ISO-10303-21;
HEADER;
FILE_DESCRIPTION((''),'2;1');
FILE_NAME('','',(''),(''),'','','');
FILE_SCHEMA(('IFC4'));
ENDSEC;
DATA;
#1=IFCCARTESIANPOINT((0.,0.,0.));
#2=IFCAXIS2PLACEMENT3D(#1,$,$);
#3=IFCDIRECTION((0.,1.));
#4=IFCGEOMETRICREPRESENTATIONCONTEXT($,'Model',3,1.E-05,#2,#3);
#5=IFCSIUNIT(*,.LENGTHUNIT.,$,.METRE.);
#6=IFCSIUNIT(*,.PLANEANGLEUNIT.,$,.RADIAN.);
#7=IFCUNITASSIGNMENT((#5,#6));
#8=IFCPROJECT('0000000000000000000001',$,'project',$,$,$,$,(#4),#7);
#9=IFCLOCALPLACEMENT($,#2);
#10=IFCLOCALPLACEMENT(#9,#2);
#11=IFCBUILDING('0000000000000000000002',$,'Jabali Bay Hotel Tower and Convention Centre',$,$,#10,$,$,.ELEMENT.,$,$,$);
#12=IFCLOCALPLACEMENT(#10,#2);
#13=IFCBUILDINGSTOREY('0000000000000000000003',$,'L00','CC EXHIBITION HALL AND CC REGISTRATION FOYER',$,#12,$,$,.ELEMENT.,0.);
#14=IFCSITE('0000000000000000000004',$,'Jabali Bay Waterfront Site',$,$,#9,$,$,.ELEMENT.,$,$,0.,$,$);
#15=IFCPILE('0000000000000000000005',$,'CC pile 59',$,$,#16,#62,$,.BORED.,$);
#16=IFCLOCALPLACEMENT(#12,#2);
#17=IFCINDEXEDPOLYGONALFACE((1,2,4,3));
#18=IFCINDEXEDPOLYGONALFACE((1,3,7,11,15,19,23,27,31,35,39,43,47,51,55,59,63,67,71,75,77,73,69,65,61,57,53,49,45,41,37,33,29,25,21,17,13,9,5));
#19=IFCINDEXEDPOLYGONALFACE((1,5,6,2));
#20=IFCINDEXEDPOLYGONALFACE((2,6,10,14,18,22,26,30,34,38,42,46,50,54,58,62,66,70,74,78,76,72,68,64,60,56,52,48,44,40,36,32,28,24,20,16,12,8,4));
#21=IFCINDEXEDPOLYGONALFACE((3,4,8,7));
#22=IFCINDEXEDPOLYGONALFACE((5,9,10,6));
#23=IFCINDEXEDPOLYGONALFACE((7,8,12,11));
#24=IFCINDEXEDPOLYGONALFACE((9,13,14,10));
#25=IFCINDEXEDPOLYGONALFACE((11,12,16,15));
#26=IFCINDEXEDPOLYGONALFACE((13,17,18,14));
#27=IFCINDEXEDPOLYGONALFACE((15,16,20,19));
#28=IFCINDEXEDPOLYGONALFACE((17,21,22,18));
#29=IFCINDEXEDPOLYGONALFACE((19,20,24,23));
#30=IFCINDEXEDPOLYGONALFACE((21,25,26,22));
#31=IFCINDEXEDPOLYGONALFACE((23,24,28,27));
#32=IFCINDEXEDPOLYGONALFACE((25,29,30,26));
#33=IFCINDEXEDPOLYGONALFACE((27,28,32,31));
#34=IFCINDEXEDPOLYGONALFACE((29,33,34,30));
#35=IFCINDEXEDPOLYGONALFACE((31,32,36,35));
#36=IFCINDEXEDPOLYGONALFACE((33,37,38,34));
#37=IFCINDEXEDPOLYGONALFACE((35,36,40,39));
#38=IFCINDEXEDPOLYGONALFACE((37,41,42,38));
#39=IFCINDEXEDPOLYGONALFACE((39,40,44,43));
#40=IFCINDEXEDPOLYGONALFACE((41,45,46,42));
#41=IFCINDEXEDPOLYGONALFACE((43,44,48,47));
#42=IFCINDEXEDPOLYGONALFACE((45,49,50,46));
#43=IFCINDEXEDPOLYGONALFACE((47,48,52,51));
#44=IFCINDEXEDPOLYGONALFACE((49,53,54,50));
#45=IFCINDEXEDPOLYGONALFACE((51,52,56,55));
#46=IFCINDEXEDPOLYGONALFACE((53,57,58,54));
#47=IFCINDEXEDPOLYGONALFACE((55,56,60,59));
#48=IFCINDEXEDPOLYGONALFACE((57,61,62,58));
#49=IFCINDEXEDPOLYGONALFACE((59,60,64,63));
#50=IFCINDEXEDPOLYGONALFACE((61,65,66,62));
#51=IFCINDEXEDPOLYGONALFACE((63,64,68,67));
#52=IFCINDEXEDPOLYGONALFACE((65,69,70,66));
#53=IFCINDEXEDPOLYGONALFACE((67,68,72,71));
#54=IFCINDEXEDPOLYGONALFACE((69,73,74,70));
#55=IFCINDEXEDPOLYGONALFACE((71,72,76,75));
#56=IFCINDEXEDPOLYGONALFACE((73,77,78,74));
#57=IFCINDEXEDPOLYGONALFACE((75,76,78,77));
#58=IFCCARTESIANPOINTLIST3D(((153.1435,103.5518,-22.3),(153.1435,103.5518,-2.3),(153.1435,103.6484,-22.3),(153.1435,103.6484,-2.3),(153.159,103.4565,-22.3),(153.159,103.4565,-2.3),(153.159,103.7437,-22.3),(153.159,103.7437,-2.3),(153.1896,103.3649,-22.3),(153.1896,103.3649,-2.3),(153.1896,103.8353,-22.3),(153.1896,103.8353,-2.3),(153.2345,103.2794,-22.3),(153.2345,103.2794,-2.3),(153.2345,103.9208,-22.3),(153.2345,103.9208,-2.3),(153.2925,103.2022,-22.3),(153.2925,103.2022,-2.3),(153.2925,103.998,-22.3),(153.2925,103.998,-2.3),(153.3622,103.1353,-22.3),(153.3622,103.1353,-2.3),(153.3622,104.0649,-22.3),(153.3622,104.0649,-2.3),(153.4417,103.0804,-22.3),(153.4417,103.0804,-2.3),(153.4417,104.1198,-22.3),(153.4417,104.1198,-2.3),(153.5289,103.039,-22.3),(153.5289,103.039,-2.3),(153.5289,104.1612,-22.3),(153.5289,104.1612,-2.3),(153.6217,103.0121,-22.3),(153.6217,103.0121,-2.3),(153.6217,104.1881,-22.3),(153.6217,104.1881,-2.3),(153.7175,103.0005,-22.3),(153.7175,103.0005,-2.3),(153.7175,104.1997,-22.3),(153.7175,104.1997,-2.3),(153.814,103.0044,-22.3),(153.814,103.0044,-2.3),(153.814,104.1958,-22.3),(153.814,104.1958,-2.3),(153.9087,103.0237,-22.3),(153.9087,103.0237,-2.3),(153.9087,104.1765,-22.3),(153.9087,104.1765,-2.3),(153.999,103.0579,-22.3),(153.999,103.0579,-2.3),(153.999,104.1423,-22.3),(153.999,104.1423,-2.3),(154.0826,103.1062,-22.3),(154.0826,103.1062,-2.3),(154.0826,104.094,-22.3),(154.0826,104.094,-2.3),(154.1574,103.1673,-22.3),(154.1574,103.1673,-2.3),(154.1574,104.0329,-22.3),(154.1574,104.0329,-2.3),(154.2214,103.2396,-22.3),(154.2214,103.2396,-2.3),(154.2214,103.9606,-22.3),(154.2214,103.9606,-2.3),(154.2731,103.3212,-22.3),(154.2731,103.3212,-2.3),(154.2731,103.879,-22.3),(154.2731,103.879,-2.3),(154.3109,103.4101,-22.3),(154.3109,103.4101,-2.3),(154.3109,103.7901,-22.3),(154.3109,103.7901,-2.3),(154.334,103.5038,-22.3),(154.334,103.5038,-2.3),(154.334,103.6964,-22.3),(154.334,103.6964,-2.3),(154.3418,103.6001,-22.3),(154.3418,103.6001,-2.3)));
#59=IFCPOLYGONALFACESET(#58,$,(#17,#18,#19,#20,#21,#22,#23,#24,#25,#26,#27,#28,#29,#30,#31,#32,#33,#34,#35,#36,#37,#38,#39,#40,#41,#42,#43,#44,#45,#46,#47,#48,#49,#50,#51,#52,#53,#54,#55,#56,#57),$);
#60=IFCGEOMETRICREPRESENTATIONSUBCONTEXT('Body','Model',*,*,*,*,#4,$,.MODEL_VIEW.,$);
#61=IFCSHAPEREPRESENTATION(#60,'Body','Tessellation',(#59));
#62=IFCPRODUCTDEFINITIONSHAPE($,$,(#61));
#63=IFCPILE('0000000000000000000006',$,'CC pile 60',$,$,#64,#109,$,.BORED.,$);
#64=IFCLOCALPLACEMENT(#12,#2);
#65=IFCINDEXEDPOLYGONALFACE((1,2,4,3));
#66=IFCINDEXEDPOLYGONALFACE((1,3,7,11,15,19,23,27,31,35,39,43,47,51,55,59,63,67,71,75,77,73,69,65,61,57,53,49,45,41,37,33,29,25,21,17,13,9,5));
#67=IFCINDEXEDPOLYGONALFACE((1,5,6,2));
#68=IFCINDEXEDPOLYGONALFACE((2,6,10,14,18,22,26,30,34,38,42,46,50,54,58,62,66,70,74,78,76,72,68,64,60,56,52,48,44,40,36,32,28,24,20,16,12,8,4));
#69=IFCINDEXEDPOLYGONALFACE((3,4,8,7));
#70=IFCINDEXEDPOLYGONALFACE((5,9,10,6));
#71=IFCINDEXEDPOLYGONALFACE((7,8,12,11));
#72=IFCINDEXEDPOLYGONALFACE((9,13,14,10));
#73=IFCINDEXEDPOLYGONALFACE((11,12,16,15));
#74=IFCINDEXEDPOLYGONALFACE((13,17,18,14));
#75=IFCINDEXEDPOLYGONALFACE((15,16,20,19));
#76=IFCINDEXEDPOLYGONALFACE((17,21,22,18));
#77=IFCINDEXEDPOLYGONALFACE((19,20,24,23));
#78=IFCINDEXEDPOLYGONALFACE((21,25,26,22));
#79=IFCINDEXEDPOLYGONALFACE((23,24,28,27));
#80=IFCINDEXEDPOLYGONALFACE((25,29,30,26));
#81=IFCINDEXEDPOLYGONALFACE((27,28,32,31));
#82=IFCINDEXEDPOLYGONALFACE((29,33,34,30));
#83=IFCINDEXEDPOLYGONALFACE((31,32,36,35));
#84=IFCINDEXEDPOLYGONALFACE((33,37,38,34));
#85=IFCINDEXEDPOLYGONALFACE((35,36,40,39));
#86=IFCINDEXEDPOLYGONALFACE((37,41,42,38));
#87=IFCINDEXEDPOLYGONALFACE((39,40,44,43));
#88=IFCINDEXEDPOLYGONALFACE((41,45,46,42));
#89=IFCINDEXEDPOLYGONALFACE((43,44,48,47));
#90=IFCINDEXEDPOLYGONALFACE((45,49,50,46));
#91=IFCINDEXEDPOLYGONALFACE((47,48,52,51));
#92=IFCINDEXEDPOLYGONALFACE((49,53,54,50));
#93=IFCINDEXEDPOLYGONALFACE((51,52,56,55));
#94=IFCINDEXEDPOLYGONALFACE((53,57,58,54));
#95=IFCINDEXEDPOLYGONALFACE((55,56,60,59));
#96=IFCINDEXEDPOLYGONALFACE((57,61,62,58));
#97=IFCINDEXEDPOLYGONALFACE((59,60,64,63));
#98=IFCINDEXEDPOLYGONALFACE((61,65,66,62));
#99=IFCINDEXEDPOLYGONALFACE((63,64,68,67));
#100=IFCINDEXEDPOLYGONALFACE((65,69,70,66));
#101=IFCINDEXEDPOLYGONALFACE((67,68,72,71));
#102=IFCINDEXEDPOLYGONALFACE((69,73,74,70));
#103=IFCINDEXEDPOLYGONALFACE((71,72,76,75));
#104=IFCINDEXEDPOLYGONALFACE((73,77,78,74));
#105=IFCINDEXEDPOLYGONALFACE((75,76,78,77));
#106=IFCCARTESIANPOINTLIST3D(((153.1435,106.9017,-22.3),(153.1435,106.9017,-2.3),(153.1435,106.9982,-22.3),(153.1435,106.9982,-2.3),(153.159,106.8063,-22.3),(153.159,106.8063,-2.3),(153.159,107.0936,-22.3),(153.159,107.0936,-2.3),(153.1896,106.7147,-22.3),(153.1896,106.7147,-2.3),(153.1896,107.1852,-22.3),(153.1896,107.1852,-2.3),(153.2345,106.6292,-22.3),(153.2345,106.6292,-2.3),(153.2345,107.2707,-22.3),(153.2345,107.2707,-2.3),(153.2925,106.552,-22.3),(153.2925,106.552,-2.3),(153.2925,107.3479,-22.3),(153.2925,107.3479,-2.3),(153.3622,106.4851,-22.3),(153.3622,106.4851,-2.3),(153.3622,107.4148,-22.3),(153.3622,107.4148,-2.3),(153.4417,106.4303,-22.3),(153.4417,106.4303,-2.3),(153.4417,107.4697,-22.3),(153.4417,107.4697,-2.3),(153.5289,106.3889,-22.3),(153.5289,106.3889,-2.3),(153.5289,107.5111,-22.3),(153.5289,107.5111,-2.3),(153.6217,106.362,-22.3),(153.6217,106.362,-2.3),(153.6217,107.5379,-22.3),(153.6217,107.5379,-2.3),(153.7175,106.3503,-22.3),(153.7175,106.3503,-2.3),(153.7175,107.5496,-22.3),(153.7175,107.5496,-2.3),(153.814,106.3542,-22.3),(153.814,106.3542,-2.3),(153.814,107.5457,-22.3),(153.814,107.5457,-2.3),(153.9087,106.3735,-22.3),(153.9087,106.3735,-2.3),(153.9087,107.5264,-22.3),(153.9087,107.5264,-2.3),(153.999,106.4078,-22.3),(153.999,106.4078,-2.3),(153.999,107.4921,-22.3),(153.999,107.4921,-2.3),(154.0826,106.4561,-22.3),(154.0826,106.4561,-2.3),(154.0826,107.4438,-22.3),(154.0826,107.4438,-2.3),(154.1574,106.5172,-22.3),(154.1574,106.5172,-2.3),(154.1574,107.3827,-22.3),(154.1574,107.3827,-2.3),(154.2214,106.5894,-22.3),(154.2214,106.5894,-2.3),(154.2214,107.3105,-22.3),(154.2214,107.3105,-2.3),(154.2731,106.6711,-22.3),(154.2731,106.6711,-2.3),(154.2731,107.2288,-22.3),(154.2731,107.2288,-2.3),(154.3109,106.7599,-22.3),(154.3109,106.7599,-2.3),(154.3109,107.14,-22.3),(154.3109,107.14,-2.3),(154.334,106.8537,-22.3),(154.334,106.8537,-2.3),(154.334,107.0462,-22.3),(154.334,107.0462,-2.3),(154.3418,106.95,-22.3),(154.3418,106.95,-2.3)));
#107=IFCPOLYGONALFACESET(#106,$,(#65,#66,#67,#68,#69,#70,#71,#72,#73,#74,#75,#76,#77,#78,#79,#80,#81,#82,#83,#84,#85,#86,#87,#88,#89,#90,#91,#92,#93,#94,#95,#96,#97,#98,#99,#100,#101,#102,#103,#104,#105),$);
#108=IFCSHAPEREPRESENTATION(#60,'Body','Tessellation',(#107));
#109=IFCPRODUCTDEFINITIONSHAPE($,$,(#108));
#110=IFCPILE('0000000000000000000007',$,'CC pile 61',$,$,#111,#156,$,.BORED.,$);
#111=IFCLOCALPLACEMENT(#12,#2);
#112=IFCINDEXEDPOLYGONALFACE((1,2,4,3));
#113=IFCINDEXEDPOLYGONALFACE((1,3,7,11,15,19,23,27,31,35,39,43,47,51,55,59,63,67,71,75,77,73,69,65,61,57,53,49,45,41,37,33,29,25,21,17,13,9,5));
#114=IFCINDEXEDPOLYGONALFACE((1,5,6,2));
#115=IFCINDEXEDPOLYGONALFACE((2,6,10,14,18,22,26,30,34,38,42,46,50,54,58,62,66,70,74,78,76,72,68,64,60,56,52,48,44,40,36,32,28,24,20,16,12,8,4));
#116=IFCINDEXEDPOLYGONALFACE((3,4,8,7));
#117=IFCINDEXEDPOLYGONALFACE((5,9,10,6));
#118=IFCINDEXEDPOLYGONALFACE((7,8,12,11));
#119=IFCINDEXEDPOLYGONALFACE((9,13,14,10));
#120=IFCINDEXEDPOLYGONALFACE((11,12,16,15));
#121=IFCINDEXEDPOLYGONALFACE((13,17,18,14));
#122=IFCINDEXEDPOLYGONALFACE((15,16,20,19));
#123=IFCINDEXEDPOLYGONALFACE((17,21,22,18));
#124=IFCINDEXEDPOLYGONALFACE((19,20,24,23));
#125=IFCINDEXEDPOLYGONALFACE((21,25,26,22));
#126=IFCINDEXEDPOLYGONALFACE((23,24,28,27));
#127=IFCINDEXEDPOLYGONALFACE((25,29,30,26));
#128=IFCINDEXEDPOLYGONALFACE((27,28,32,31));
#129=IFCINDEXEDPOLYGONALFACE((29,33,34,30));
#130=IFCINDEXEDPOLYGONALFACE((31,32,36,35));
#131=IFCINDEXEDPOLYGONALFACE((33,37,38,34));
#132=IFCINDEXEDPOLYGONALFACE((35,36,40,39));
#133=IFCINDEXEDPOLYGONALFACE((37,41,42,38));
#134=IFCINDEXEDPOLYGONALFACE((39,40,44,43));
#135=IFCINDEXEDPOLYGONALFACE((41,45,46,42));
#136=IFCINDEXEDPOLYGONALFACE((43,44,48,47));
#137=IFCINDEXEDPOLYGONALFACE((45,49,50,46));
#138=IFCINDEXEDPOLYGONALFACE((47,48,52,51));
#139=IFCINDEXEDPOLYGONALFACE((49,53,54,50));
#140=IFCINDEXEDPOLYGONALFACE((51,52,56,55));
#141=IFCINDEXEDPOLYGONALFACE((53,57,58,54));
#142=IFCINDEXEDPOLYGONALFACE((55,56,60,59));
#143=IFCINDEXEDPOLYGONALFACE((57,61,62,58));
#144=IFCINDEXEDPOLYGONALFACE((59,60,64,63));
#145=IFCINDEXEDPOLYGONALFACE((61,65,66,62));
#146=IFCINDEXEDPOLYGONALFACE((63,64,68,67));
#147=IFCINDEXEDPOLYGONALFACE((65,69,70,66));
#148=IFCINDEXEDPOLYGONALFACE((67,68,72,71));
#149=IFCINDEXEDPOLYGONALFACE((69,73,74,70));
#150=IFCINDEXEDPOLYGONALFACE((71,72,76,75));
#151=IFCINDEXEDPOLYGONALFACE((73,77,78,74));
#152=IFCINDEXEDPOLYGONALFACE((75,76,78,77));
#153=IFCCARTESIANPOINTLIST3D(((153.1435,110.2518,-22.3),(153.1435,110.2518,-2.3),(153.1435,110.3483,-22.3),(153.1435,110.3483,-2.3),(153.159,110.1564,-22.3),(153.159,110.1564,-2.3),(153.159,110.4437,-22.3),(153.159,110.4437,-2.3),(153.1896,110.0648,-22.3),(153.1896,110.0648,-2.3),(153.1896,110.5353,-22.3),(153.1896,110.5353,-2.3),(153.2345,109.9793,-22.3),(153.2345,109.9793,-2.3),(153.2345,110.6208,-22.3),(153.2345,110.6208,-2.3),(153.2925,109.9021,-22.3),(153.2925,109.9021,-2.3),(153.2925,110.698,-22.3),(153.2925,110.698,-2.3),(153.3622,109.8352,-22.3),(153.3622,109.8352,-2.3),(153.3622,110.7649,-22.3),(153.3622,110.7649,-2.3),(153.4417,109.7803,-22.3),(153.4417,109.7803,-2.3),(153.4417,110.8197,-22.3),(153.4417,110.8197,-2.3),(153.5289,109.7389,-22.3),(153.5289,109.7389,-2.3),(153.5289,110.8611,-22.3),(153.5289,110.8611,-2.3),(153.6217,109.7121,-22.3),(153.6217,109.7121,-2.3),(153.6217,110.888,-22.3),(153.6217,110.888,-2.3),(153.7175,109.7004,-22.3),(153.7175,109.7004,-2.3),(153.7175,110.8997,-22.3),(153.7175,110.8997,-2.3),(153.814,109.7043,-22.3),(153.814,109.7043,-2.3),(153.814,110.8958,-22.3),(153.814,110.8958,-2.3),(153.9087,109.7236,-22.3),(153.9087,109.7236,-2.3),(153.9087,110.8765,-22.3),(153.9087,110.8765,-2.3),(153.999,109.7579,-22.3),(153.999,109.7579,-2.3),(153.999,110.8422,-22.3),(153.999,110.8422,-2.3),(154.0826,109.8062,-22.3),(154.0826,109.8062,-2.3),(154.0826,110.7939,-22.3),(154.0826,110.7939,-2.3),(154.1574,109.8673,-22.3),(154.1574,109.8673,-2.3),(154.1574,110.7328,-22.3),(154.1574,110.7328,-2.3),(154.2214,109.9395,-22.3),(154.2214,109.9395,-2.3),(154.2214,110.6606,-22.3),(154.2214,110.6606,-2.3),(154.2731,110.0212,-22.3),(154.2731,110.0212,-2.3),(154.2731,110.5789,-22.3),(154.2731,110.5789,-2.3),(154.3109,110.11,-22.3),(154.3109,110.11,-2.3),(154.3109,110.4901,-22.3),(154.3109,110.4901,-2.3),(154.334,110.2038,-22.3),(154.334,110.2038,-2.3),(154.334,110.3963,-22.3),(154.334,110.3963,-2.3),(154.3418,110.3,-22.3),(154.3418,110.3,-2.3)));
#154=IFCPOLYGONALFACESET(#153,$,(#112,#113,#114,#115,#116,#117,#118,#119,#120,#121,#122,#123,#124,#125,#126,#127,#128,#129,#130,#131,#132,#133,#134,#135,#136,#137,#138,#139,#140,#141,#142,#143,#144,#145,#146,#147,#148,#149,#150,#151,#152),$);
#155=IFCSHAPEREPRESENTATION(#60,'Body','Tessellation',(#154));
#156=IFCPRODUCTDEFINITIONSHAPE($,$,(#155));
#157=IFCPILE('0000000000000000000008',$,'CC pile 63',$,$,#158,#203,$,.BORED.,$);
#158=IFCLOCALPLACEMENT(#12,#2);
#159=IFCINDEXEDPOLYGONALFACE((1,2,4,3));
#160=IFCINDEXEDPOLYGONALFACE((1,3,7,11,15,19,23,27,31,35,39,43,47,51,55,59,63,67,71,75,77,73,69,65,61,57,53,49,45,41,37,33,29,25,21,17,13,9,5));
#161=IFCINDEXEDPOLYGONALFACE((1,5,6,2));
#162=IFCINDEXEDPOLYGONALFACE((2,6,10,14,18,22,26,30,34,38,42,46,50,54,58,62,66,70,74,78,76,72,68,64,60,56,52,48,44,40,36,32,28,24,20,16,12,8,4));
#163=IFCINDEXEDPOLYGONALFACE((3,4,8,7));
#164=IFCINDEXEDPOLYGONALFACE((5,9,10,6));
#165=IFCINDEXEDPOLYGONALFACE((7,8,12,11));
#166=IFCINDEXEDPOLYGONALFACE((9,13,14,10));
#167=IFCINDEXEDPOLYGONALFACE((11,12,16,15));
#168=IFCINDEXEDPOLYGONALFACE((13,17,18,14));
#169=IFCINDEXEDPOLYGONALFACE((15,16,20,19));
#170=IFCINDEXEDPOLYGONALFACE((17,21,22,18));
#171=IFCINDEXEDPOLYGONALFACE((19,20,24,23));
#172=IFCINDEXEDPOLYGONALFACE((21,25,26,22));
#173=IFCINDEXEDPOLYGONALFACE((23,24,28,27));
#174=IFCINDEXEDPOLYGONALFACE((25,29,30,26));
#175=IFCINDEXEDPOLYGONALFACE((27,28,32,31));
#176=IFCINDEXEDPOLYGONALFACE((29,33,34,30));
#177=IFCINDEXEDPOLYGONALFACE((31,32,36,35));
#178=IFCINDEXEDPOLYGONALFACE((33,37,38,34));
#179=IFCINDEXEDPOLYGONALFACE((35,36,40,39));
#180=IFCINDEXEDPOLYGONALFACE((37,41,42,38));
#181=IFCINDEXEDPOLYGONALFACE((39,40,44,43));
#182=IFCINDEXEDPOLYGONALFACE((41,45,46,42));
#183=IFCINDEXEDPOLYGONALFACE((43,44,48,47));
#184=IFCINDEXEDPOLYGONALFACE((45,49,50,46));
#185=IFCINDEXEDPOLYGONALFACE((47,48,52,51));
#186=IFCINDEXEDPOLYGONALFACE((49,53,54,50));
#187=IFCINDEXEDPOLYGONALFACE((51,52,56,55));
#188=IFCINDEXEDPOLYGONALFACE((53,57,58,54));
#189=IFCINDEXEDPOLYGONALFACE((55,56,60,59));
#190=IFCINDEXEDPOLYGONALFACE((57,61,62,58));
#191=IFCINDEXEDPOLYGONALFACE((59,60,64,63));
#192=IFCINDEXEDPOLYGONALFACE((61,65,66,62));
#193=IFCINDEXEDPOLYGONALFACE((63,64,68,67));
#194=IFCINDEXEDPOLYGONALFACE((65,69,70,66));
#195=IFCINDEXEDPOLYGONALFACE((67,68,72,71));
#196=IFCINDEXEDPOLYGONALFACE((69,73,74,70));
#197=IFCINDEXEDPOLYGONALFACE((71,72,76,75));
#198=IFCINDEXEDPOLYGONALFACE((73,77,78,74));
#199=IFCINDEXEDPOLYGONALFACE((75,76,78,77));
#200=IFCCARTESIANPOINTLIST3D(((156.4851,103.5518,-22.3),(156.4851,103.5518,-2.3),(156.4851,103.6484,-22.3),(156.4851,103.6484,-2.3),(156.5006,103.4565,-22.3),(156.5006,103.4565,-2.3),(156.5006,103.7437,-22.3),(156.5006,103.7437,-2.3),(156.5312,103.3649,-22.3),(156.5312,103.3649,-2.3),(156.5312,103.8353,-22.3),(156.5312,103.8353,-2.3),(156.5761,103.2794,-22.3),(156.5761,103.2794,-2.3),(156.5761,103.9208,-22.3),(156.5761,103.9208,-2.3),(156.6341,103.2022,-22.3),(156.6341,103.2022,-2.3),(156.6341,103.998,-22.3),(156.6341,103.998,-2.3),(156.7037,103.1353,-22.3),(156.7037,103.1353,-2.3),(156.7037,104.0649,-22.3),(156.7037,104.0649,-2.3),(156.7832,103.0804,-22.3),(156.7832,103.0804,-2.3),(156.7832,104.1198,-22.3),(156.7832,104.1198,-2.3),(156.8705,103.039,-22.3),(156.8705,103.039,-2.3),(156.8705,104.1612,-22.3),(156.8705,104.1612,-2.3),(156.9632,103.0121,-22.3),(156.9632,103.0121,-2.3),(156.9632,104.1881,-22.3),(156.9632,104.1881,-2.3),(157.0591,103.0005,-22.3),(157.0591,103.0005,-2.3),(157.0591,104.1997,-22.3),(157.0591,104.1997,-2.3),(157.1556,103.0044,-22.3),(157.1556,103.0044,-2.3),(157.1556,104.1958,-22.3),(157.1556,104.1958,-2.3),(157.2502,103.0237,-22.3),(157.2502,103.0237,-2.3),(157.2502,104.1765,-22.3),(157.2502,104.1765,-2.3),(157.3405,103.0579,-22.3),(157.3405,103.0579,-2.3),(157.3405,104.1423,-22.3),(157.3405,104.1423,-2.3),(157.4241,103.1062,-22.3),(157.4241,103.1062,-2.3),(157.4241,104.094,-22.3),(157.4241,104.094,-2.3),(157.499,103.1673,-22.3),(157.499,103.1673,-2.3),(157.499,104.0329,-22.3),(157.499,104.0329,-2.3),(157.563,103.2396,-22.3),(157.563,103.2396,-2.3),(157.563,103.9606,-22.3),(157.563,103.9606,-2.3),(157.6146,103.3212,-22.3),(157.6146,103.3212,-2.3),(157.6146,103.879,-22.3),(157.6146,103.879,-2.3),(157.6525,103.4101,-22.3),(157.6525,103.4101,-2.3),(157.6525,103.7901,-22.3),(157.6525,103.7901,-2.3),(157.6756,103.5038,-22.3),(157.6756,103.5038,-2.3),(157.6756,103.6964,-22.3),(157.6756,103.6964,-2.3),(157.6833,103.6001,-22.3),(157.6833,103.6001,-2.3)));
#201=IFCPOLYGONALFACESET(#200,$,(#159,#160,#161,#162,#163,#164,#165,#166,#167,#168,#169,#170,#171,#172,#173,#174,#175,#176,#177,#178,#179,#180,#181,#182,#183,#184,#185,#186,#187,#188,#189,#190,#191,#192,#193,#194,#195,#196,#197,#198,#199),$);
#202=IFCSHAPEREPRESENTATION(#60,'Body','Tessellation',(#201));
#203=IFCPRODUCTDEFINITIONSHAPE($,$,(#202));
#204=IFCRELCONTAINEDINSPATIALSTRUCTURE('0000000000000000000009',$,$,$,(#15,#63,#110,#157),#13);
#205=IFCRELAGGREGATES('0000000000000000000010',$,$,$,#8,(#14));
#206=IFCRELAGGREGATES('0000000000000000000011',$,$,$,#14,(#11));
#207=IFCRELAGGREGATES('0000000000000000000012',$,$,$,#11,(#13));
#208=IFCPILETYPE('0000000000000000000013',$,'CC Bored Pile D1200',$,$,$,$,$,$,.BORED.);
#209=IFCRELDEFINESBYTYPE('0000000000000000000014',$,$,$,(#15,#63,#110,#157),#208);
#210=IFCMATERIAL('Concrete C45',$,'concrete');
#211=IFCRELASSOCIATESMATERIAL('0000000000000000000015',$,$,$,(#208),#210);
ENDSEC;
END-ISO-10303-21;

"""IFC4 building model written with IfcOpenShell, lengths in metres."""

from ifc_helpers import new_model, si_unit, direction, frame, origin, origin_2d, place, context, subcontext, project, spatial, circle, extrude, material, material_profile, profile_set, type_object, element, save


model = new_model("IFC4")

# Units and contexts
model_context = context("Model", 3, precision=1e-05, world=origin(), true_north=direction((0.0, 1.0)))
body_context = subcontext(model_context, "Body", "Model", "MODEL_VIEW")
ifc_project = project(units=[si_unit("LENGTHUNIT", "METRE"), si_unit("PLANEANGLEUNIT", "RADIAN")], contexts=[model_context])

# Site, building, storey
site_placement = place(None, origin())
site = spatial("IfcSite", under=ifc_project, at=site_placement, Name="Jabali Bay Waterfront Site", CompositionType="ELEMENT", RefElevation=0.0)
building_placement = place(site_placement, origin())
building = spatial("IfcBuilding", under=site, at=building_placement, Name="Jabali Bay Hotel Tower and Convention Centre", CompositionType="ELEMENT")
storey_placement = place(building_placement, origin())
storey = spatial("IfcBuildingStorey", under=building, at=storey_placement, Name="L00", Description="CC EXHIBITION HALL AND CC REGISTRATION FOYER", CompositionType="ELEMENT", Elevation=0.0)

# Piles
ifc_material_1 = material(Name="Concrete C45", Category="concrete")
ifc_material_profile = material_profile(ifc_material_1, circle(Radius=0.6001, at=origin_2d()), Name="D1200")
ifc_profile_set = profile_set([ifc_material_profile], Name="Concrete C45")
pile_type = type_object("IfcPileType", Name="CC Bored Pile D1200", PredefinedType="BORED", material=ifc_profile_set)
for number, where, z_axis, x_axis, name in (
    (1, (153.7417, 103.6001, -2.3), (0.0, 0.0, -1.0), (1.0, 0.0, 0.0), "CC pile 59"),
    (2, (153.7417, 106.95, -2.3), (0.0, 0.0, -1.0), (1.0, 0.0, 0.0), "CC pile 60"),
    (3, (153.7417, 110.3, -2.3), (0.0, 0.0, -1.0), (1.0, 0.0, 0.0), "CC pile 61"),
    (4, (157.0833, 103.6001, -2.3), (0.0, 0.0, -1.0), (1.0, 0.0, 0.0), "CC pile 63"),
):
    element("IfcPile", number, at=place(storey_placement, frame(where, z_axis=z_axis, x_axis=x_axis)), inside=storey, type_object=pile_type, Name=name, PredefinedType="BORED", context=body_context, shape_type="SweptSolid", body=[
        extrude(circle(Radius=0.6001, at=origin_2d()), origin(), (0.0, 0.0, 1.0), 20.0),
    ])

save(model, "model.ifc")
